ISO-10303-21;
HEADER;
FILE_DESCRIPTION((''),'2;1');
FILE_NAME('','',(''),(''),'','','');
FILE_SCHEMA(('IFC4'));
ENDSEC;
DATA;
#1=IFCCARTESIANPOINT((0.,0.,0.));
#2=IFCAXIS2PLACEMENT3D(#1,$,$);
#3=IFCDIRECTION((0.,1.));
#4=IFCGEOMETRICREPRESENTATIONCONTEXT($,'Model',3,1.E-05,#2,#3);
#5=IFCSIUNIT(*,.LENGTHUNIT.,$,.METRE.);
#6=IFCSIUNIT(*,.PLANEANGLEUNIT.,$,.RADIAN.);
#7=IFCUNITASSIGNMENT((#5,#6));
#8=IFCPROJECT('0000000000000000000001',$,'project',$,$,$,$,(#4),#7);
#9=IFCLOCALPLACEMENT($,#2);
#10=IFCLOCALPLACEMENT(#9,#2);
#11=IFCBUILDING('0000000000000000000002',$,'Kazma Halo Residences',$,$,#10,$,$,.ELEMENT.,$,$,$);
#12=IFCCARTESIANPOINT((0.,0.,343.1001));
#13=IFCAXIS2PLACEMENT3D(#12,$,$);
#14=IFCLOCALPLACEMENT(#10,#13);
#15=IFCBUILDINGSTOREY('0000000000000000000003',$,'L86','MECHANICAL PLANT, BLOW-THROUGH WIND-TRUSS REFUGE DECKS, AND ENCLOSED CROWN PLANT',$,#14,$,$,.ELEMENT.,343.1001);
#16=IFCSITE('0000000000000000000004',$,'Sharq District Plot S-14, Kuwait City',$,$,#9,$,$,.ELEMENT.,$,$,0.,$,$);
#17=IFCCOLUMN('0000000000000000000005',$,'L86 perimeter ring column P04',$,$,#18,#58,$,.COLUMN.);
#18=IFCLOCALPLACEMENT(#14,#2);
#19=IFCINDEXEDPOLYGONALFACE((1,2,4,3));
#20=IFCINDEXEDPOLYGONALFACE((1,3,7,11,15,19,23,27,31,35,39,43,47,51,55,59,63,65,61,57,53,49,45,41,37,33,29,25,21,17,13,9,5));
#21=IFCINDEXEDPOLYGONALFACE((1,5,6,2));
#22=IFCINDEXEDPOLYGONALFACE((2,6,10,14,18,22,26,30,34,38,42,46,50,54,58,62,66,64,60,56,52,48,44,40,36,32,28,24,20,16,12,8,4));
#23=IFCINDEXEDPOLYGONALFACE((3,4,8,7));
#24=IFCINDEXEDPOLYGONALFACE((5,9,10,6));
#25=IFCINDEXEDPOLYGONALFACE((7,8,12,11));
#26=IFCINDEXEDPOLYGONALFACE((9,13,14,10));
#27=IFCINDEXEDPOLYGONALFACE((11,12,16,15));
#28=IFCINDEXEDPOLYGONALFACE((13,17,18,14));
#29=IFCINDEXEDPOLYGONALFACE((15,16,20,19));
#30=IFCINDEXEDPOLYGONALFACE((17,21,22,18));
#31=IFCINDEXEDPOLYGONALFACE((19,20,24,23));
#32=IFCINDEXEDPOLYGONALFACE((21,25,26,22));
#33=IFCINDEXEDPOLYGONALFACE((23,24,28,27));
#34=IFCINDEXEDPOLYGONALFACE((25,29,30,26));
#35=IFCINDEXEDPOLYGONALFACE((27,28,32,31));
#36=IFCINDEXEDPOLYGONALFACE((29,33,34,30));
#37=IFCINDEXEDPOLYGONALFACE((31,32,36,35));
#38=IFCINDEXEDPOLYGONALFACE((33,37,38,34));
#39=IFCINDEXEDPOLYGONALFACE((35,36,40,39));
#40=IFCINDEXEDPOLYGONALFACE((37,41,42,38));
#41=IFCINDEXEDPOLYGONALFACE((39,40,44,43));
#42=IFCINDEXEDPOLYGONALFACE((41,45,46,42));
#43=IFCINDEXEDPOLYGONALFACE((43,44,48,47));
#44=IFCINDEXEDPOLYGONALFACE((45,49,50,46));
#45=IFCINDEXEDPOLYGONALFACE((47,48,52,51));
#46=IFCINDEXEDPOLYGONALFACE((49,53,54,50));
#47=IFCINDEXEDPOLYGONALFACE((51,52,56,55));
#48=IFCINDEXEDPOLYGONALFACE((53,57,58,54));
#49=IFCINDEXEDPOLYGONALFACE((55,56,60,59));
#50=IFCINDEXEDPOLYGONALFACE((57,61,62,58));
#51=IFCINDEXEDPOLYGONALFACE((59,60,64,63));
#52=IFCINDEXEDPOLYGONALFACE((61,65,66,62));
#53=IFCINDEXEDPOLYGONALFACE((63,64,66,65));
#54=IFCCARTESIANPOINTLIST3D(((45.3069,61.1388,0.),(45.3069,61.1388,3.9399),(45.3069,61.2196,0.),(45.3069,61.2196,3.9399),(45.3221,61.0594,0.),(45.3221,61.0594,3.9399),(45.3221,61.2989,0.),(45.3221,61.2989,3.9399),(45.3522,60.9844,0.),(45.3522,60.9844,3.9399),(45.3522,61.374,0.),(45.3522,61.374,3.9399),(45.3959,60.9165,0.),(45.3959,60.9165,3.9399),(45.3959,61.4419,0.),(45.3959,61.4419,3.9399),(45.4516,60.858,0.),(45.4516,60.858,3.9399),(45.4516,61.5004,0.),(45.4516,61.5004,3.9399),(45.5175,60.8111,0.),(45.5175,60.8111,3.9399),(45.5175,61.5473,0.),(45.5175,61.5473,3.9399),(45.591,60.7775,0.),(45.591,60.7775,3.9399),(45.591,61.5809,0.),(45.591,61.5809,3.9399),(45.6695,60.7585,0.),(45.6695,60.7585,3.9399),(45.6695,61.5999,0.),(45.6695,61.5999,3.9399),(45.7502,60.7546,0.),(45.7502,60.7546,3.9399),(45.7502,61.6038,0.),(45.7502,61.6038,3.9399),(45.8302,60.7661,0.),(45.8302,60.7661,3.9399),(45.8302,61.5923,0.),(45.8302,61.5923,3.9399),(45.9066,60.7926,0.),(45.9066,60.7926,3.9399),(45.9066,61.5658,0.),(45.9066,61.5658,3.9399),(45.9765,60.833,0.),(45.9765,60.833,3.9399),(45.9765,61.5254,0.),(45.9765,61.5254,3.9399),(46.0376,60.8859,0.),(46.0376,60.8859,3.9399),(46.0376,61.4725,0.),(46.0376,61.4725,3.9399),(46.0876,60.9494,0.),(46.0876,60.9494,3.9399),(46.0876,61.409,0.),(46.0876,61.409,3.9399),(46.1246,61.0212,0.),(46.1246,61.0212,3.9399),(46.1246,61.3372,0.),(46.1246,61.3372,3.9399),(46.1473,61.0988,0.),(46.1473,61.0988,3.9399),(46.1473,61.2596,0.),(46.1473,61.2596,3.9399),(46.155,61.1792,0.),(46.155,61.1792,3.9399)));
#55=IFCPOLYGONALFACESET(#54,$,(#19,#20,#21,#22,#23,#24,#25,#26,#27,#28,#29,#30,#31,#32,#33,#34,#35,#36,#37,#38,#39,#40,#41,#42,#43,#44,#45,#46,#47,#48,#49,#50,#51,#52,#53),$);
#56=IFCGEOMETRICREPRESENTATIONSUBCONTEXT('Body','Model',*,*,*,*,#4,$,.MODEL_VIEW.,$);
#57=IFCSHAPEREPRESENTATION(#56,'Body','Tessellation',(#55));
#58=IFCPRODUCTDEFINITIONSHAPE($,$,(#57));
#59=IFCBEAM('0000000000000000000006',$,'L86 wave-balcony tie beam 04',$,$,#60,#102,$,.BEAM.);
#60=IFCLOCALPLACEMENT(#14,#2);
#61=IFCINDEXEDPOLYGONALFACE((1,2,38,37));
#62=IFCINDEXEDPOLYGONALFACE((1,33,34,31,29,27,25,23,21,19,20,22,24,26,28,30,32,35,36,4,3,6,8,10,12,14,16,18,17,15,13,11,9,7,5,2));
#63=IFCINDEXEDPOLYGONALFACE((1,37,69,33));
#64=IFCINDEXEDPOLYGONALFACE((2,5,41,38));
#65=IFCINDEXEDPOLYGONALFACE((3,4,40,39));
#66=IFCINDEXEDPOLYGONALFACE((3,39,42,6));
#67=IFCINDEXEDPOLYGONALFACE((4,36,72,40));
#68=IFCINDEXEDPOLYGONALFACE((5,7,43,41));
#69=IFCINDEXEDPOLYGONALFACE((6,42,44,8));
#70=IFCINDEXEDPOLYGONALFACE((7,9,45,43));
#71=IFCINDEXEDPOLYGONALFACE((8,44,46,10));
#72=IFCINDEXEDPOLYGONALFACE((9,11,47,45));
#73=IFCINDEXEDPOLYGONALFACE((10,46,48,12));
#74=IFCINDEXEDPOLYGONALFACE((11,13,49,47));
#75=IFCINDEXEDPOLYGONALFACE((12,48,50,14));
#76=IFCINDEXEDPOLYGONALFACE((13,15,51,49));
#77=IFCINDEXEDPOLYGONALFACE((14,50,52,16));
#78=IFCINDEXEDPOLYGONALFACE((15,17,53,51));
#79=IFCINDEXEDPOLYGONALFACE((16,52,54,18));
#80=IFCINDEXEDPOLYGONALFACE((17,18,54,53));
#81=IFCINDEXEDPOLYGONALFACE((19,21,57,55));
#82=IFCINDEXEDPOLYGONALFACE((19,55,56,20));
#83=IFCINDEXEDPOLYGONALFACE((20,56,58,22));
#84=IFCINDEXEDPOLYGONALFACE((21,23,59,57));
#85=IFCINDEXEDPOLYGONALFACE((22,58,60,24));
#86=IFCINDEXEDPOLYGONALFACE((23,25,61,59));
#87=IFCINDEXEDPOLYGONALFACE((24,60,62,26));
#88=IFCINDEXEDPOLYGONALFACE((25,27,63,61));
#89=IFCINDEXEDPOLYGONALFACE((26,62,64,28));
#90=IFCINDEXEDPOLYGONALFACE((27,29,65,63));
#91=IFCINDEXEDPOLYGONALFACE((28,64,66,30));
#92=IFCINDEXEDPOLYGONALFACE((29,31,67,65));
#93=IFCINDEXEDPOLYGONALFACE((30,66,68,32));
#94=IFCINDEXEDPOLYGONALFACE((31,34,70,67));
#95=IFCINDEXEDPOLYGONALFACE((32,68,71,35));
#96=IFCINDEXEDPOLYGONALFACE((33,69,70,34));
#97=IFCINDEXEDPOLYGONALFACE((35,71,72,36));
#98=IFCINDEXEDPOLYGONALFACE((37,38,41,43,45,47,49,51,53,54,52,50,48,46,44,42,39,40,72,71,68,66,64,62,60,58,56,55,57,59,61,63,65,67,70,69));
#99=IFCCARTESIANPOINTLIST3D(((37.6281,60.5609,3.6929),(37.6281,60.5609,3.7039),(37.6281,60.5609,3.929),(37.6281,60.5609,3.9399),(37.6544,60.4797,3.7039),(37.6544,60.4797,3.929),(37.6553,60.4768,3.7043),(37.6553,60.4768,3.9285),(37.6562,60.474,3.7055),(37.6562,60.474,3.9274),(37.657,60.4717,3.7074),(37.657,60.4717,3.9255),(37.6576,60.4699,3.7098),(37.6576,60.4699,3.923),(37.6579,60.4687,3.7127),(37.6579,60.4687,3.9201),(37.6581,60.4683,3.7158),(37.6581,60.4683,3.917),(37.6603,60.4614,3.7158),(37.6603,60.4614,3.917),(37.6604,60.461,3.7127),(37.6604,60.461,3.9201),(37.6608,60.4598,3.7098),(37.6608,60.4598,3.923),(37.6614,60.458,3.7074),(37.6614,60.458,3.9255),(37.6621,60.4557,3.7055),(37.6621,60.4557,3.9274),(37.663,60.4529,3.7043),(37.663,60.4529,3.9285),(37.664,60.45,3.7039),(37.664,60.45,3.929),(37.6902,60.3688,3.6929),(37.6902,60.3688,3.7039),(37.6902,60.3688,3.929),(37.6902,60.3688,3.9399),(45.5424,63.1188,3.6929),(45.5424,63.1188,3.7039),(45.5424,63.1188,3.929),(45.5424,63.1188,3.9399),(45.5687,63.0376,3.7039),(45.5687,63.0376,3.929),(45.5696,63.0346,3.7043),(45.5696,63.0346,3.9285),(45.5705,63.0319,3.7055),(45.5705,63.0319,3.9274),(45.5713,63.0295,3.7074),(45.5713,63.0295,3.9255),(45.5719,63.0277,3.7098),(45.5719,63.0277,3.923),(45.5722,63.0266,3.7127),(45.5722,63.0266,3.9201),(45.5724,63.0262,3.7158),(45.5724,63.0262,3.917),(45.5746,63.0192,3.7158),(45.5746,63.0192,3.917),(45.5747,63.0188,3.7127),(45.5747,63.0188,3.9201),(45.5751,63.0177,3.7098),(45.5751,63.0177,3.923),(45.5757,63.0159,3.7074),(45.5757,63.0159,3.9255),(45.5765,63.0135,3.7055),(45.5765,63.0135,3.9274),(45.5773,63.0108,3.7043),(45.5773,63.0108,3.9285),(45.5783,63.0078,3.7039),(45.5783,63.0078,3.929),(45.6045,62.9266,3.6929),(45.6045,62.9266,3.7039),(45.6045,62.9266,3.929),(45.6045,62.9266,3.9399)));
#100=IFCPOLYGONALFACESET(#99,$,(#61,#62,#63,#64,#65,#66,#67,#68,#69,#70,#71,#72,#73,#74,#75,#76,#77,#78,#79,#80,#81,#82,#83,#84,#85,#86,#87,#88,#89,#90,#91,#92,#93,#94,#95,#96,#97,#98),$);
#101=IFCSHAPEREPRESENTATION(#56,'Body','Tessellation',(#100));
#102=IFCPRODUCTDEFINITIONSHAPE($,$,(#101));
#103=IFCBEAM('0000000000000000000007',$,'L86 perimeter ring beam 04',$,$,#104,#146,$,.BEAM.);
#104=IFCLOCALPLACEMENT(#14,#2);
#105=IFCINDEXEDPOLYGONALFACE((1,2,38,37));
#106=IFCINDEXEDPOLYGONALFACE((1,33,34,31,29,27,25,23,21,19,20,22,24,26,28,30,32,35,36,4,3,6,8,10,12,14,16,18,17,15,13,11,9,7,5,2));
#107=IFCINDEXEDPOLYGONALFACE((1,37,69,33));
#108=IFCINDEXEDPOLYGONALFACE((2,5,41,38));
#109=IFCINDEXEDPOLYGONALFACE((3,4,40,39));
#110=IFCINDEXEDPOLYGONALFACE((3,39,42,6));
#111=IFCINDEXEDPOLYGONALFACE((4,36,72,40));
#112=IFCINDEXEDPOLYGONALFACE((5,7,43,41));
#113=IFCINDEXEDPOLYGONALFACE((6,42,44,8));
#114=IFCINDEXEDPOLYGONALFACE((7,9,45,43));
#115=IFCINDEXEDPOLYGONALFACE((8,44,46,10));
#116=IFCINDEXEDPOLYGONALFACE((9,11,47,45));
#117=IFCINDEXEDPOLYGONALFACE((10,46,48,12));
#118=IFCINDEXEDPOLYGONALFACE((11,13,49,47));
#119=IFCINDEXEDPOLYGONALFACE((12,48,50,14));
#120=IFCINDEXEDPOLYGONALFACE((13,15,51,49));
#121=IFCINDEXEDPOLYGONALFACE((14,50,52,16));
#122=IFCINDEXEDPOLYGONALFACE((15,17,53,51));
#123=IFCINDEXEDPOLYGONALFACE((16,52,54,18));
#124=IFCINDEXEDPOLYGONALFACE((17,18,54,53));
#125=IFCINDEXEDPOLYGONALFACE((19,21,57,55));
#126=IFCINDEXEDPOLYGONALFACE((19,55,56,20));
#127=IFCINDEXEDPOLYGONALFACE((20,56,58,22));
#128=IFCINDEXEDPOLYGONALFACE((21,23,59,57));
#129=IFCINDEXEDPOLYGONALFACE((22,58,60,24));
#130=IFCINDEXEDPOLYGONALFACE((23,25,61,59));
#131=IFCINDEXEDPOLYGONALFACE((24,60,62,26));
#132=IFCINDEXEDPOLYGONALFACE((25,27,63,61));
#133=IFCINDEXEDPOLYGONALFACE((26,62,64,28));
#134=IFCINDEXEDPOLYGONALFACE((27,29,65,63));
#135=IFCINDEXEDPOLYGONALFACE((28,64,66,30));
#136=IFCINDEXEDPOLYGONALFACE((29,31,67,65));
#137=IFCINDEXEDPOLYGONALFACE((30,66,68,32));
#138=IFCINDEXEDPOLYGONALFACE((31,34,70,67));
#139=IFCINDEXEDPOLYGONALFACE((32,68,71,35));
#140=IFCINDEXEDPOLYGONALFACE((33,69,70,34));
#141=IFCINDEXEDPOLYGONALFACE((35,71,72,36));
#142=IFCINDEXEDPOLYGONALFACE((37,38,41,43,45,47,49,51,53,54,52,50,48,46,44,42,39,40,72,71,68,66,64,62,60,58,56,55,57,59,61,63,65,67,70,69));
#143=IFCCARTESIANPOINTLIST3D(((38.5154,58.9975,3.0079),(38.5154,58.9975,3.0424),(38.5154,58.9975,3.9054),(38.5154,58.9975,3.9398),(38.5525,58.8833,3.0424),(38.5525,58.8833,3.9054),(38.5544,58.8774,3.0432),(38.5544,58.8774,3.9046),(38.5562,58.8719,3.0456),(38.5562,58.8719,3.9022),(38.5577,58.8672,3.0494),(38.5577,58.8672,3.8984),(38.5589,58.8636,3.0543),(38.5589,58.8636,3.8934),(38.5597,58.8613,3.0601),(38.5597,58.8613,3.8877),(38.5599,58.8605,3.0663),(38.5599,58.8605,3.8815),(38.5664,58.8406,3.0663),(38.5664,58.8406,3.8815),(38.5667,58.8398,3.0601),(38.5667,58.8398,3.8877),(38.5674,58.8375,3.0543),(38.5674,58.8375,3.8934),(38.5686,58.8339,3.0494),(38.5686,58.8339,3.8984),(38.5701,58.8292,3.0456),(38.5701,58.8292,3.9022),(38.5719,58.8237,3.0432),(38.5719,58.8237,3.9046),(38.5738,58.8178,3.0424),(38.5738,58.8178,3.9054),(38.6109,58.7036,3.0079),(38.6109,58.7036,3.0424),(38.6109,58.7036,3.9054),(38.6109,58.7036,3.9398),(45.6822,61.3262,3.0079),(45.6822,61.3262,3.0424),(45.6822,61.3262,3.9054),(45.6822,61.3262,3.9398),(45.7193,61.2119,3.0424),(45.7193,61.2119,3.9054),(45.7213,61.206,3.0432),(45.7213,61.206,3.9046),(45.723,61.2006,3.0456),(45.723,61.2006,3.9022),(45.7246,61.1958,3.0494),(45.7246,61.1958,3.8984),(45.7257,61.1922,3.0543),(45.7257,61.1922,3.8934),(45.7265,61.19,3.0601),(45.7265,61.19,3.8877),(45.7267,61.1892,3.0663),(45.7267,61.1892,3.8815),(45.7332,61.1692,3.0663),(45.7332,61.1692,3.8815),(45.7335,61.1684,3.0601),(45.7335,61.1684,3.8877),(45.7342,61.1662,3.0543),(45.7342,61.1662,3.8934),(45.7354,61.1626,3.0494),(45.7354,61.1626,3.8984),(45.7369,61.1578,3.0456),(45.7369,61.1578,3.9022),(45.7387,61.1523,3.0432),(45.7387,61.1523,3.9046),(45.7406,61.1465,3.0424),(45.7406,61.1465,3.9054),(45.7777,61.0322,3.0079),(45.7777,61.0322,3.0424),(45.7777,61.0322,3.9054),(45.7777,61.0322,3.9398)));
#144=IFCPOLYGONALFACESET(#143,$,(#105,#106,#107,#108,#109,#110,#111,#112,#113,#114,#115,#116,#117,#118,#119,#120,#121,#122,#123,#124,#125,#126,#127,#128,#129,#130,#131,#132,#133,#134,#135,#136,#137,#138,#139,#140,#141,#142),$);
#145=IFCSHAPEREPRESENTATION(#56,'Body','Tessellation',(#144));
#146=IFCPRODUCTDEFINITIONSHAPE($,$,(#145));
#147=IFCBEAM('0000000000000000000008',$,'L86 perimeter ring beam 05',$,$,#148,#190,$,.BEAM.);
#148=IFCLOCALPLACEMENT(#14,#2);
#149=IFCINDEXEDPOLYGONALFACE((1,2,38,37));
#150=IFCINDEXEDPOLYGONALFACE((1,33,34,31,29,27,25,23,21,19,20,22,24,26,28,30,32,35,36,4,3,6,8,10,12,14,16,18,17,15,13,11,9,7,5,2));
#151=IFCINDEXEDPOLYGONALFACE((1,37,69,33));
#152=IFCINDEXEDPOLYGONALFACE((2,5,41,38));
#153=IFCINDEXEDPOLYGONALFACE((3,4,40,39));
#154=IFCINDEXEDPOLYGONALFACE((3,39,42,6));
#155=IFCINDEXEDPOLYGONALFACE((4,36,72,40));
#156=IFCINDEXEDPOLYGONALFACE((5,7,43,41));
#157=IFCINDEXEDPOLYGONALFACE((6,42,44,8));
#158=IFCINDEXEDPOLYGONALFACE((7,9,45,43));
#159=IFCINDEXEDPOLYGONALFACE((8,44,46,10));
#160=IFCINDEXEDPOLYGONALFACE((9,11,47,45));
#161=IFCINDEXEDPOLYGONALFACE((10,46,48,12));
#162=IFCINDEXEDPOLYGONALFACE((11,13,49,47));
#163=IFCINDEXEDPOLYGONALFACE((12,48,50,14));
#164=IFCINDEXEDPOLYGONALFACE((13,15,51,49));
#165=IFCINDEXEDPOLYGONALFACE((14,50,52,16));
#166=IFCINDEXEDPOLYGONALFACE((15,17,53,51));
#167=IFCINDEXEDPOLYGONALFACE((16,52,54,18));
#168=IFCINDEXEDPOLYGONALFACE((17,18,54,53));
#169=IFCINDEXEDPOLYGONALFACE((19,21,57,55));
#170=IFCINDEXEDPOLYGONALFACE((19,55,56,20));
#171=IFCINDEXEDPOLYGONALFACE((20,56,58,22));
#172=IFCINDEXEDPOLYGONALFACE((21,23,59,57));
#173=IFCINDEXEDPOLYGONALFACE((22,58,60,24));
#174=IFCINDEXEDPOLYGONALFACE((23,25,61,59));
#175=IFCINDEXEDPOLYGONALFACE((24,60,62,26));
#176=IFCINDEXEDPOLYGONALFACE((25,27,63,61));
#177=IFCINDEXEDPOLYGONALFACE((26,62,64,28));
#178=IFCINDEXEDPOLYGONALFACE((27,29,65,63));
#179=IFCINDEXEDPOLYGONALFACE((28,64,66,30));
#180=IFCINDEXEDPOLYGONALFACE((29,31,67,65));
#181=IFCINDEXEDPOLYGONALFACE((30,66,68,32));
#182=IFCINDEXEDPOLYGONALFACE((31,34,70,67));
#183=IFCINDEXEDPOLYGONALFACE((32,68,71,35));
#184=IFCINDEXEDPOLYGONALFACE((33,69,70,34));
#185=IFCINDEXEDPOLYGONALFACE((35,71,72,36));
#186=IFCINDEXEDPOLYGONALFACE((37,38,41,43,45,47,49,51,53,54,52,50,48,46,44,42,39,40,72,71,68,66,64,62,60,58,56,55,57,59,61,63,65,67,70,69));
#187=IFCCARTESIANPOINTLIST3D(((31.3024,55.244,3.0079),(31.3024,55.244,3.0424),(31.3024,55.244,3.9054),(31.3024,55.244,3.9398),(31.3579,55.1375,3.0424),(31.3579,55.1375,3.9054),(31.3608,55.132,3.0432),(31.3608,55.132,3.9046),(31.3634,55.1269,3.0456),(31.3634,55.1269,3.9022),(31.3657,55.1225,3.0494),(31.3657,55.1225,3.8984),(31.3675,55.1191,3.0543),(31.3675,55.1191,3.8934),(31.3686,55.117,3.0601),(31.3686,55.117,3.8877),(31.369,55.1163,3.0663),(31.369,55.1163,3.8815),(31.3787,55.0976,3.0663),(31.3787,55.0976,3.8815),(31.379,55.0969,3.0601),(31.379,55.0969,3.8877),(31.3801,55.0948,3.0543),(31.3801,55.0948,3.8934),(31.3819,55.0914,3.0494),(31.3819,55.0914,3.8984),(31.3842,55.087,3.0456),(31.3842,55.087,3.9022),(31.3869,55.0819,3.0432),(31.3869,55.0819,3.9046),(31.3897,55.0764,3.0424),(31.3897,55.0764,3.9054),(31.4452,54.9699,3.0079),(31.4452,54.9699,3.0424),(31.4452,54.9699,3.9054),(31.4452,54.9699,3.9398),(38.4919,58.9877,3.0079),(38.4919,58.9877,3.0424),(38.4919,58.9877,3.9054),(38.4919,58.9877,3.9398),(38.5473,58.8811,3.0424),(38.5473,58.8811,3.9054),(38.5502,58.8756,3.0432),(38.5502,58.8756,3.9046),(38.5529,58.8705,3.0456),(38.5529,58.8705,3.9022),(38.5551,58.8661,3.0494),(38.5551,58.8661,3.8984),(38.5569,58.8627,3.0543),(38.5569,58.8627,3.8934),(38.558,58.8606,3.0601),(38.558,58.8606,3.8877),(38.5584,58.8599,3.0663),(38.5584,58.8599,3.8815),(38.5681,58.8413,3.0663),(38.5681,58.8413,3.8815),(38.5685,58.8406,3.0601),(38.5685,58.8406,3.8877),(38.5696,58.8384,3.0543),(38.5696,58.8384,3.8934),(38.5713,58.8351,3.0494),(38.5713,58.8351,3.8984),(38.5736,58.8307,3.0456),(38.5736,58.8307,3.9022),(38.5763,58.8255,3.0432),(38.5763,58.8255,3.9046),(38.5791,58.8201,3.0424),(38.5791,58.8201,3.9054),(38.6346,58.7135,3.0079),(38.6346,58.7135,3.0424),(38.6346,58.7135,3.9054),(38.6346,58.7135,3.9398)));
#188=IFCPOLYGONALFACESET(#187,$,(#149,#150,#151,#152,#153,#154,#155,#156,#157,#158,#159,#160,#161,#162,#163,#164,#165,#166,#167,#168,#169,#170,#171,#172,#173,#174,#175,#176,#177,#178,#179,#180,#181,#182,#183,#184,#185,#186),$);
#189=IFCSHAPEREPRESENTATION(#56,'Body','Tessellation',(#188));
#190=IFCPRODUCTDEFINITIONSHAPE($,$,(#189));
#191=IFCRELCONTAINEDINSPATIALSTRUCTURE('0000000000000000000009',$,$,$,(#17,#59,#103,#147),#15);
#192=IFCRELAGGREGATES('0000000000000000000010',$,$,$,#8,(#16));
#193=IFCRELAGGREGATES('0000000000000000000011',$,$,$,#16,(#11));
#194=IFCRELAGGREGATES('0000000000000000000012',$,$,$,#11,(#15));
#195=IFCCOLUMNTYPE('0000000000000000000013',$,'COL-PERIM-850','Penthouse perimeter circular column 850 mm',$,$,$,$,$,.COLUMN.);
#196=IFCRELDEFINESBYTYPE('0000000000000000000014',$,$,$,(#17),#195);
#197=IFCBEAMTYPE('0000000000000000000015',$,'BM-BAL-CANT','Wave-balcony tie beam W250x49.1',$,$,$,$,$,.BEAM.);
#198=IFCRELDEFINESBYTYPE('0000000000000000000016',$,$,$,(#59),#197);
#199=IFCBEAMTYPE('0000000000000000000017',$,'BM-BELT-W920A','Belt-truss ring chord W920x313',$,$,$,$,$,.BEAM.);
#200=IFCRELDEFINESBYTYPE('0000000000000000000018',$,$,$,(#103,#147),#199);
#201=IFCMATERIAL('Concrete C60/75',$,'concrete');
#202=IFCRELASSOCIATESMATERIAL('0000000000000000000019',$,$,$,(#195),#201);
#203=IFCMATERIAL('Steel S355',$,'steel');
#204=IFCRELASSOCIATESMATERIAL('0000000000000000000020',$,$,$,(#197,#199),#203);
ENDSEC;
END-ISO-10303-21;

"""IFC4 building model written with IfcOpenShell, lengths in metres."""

from ifc_helpers import new_model, si_unit, direction, frame, origin, origin_2d, place, context, subcontext, project, spatial, circle, i_section, extrude, material, material_profile, profile_set, type_object, element, save


model = new_model("IFC4")

# Units and contexts
model_context = context("Model", 3, precision=1e-05, world=origin(), true_north=direction((0.0, 1.0)))
body_context = subcontext(model_context, "Body", "Model", "MODEL_VIEW")
ifc_project = project(units=[si_unit("LENGTHUNIT", "METRE"), si_unit("PLANEANGLEUNIT", "RADIAN")], contexts=[model_context])

# Site, building, storey
site_placement = place(None, origin())
site = spatial("IfcSite", under=ifc_project, at=site_placement, Name="Sharq District Plot S-14, Kuwait City", CompositionType="ELEMENT", RefElevation=0.0)
building_placement = place(site_placement, origin())
building = spatial("IfcBuilding", under=site, at=building_placement, Name="Kazma Halo Residences", CompositionType="ELEMENT")
storey_placement = place(building_placement, frame((0.0, 0.0, 343.1001)))
storey = spatial("IfcBuildingStorey", under=building, at=storey_placement, Name="L86", Description="MECHANICAL PLANT, BLOW-THROUGH WIND-TRUSS REFUGE DECKS, AND ENCLOSED CROWN PLANT", CompositionType="ELEMENT", Elevation=343.1001)

# Column
ifc_material_1 = material(Name="Concrete C60/75", Category="concrete")
ifc_material_profile_1 = material_profile(ifc_material_1, circle(Radius=0.425, at=origin_2d()), Name="CIRC850")
ifc_profile_set_1 = profile_set([ifc_material_profile_1], Name="Concrete C60/75")
column_type = type_object("IfcColumnType", Name="COL-PERIM-850", Description="Penthouse perimeter circular column 850 mm", PredefinedType="COLUMN", material=ifc_profile_set_1)
column_placement = place(storey_placement, frame((45.73, 61.1792, 0.0), z_axis=(0.0, 0.0, 1.0), x_axis=(1.0, 0.0, 0.0)))
element("IfcColumn", 1, at=column_placement, inside=storey, type_object=column_type, Name="L86 perimeter ring column P04", PredefinedType="COLUMN", context=body_context, shape_type="SweptSolid", body=[
    extrude(circle(Radius=0.425, at=origin_2d()), origin(), (0.0, 0.0, 1.0), 3.9399),
])

# Beams
ifc_material_2 = material(Name="Steel S355", Category="steel")
ifc_material_profile_2 = material_profile(ifc_material_2, i_section(OverallWidth=0.2019, OverallDepth=0.2471, WebThickness=0.0073, FlangeThickness=0.011, FilletRadius=0.012, at=origin_2d()), Name="W250x49.1")
ifc_profile_set_2 = profile_set([ifc_material_profile_2], Name="Steel S355")
beam_type_1 = type_object("IfcBeamType", Name="BM-BAL-CANT", Description="Wave-balcony tie beam W250x49.1", PredefinedType="BEAM", material=ifc_profile_set_2)
beam_1_placement = place(storey_placement, frame((45.5735, 63.0227, 3.8164), z_axis=(-0.951538, -0.307532, 0.0), x_axis=(0.307532, -0.951538, 0.0)))
element("IfcBeam", 2, at=beam_1_placement, inside=storey, type_object=beam_type_1, Name="L86 wave-balcony tie beam 04", PredefinedType="BEAM", context=body_context, shape_type="SweptSolid", body=[
    extrude(i_section(OverallWidth=0.2019, OverallDepth=0.2471, WebThickness=0.0073, FlangeThickness=0.011, FilletRadius=0.012, at=origin_2d()), origin(), (0.0, 0.0, 1.0), 8.3174),
])
ifc_material_profile_3 = material_profile(ifc_material_2, i_section(OverallWidth=0.3091, OverallDepth=0.9319, WebThickness=0.021, FlangeThickness=0.0344, FilletRadius=0.0239, at=origin_2d()), Name="W920x313")
ifc_profile_set_3 = profile_set([ifc_material_profile_3], Name="Steel S355")
beam_type_2 = type_object("IfcBeamType", Name="BM-BELT-W920A", Description="Belt-truss ring chord W920x313", PredefinedType="BEAM", material=ifc_profile_set_3)
beam_2_placement = place(storey_placement, frame((45.73, 61.1792, 3.4739), z_axis=(-0.951057, -0.309016, 0.0), x_axis=(0.309016, -0.951057, 0.0)))
element("IfcBeam", 3, at=beam_2_placement, inside=storey, type_object=beam_type_2, Name="L86 perimeter ring beam 04", PredefinedType="BEAM", context=body_context, shape_type="SweptSolid", body=[
    extrude(i_section(OverallWidth=0.3091, OverallDepth=0.9319, WebThickness=0.021, FlangeThickness=0.0344, FilletRadius=0.0239, at=origin_2d()), origin(), (0.0, 0.0, 1.0), 7.5356),
])
beam_3_placement = place(storey_placement, frame((38.5632, 58.8506, 3.4739), z_axis=(-0.886957, -0.461851, 0.0), x_axis=(0.461851, -0.886957, 0.0)))
element("IfcBeam", 4, at=beam_3_placement, inside=storey, type_object=beam_type_2, Name="L86 perimeter ring beam 05", PredefinedType="BEAM", context=body_context, shape_type="SweptSolid", body=[
    extrude(i_section(OverallWidth=0.3091, OverallDepth=0.9319, WebThickness=0.021, FlangeThickness=0.0344, FilletRadius=0.0239, at=origin_2d()), origin(), (0.0, 0.0, 1.0), 8.1057),
])

save(model, "model.ifc")
